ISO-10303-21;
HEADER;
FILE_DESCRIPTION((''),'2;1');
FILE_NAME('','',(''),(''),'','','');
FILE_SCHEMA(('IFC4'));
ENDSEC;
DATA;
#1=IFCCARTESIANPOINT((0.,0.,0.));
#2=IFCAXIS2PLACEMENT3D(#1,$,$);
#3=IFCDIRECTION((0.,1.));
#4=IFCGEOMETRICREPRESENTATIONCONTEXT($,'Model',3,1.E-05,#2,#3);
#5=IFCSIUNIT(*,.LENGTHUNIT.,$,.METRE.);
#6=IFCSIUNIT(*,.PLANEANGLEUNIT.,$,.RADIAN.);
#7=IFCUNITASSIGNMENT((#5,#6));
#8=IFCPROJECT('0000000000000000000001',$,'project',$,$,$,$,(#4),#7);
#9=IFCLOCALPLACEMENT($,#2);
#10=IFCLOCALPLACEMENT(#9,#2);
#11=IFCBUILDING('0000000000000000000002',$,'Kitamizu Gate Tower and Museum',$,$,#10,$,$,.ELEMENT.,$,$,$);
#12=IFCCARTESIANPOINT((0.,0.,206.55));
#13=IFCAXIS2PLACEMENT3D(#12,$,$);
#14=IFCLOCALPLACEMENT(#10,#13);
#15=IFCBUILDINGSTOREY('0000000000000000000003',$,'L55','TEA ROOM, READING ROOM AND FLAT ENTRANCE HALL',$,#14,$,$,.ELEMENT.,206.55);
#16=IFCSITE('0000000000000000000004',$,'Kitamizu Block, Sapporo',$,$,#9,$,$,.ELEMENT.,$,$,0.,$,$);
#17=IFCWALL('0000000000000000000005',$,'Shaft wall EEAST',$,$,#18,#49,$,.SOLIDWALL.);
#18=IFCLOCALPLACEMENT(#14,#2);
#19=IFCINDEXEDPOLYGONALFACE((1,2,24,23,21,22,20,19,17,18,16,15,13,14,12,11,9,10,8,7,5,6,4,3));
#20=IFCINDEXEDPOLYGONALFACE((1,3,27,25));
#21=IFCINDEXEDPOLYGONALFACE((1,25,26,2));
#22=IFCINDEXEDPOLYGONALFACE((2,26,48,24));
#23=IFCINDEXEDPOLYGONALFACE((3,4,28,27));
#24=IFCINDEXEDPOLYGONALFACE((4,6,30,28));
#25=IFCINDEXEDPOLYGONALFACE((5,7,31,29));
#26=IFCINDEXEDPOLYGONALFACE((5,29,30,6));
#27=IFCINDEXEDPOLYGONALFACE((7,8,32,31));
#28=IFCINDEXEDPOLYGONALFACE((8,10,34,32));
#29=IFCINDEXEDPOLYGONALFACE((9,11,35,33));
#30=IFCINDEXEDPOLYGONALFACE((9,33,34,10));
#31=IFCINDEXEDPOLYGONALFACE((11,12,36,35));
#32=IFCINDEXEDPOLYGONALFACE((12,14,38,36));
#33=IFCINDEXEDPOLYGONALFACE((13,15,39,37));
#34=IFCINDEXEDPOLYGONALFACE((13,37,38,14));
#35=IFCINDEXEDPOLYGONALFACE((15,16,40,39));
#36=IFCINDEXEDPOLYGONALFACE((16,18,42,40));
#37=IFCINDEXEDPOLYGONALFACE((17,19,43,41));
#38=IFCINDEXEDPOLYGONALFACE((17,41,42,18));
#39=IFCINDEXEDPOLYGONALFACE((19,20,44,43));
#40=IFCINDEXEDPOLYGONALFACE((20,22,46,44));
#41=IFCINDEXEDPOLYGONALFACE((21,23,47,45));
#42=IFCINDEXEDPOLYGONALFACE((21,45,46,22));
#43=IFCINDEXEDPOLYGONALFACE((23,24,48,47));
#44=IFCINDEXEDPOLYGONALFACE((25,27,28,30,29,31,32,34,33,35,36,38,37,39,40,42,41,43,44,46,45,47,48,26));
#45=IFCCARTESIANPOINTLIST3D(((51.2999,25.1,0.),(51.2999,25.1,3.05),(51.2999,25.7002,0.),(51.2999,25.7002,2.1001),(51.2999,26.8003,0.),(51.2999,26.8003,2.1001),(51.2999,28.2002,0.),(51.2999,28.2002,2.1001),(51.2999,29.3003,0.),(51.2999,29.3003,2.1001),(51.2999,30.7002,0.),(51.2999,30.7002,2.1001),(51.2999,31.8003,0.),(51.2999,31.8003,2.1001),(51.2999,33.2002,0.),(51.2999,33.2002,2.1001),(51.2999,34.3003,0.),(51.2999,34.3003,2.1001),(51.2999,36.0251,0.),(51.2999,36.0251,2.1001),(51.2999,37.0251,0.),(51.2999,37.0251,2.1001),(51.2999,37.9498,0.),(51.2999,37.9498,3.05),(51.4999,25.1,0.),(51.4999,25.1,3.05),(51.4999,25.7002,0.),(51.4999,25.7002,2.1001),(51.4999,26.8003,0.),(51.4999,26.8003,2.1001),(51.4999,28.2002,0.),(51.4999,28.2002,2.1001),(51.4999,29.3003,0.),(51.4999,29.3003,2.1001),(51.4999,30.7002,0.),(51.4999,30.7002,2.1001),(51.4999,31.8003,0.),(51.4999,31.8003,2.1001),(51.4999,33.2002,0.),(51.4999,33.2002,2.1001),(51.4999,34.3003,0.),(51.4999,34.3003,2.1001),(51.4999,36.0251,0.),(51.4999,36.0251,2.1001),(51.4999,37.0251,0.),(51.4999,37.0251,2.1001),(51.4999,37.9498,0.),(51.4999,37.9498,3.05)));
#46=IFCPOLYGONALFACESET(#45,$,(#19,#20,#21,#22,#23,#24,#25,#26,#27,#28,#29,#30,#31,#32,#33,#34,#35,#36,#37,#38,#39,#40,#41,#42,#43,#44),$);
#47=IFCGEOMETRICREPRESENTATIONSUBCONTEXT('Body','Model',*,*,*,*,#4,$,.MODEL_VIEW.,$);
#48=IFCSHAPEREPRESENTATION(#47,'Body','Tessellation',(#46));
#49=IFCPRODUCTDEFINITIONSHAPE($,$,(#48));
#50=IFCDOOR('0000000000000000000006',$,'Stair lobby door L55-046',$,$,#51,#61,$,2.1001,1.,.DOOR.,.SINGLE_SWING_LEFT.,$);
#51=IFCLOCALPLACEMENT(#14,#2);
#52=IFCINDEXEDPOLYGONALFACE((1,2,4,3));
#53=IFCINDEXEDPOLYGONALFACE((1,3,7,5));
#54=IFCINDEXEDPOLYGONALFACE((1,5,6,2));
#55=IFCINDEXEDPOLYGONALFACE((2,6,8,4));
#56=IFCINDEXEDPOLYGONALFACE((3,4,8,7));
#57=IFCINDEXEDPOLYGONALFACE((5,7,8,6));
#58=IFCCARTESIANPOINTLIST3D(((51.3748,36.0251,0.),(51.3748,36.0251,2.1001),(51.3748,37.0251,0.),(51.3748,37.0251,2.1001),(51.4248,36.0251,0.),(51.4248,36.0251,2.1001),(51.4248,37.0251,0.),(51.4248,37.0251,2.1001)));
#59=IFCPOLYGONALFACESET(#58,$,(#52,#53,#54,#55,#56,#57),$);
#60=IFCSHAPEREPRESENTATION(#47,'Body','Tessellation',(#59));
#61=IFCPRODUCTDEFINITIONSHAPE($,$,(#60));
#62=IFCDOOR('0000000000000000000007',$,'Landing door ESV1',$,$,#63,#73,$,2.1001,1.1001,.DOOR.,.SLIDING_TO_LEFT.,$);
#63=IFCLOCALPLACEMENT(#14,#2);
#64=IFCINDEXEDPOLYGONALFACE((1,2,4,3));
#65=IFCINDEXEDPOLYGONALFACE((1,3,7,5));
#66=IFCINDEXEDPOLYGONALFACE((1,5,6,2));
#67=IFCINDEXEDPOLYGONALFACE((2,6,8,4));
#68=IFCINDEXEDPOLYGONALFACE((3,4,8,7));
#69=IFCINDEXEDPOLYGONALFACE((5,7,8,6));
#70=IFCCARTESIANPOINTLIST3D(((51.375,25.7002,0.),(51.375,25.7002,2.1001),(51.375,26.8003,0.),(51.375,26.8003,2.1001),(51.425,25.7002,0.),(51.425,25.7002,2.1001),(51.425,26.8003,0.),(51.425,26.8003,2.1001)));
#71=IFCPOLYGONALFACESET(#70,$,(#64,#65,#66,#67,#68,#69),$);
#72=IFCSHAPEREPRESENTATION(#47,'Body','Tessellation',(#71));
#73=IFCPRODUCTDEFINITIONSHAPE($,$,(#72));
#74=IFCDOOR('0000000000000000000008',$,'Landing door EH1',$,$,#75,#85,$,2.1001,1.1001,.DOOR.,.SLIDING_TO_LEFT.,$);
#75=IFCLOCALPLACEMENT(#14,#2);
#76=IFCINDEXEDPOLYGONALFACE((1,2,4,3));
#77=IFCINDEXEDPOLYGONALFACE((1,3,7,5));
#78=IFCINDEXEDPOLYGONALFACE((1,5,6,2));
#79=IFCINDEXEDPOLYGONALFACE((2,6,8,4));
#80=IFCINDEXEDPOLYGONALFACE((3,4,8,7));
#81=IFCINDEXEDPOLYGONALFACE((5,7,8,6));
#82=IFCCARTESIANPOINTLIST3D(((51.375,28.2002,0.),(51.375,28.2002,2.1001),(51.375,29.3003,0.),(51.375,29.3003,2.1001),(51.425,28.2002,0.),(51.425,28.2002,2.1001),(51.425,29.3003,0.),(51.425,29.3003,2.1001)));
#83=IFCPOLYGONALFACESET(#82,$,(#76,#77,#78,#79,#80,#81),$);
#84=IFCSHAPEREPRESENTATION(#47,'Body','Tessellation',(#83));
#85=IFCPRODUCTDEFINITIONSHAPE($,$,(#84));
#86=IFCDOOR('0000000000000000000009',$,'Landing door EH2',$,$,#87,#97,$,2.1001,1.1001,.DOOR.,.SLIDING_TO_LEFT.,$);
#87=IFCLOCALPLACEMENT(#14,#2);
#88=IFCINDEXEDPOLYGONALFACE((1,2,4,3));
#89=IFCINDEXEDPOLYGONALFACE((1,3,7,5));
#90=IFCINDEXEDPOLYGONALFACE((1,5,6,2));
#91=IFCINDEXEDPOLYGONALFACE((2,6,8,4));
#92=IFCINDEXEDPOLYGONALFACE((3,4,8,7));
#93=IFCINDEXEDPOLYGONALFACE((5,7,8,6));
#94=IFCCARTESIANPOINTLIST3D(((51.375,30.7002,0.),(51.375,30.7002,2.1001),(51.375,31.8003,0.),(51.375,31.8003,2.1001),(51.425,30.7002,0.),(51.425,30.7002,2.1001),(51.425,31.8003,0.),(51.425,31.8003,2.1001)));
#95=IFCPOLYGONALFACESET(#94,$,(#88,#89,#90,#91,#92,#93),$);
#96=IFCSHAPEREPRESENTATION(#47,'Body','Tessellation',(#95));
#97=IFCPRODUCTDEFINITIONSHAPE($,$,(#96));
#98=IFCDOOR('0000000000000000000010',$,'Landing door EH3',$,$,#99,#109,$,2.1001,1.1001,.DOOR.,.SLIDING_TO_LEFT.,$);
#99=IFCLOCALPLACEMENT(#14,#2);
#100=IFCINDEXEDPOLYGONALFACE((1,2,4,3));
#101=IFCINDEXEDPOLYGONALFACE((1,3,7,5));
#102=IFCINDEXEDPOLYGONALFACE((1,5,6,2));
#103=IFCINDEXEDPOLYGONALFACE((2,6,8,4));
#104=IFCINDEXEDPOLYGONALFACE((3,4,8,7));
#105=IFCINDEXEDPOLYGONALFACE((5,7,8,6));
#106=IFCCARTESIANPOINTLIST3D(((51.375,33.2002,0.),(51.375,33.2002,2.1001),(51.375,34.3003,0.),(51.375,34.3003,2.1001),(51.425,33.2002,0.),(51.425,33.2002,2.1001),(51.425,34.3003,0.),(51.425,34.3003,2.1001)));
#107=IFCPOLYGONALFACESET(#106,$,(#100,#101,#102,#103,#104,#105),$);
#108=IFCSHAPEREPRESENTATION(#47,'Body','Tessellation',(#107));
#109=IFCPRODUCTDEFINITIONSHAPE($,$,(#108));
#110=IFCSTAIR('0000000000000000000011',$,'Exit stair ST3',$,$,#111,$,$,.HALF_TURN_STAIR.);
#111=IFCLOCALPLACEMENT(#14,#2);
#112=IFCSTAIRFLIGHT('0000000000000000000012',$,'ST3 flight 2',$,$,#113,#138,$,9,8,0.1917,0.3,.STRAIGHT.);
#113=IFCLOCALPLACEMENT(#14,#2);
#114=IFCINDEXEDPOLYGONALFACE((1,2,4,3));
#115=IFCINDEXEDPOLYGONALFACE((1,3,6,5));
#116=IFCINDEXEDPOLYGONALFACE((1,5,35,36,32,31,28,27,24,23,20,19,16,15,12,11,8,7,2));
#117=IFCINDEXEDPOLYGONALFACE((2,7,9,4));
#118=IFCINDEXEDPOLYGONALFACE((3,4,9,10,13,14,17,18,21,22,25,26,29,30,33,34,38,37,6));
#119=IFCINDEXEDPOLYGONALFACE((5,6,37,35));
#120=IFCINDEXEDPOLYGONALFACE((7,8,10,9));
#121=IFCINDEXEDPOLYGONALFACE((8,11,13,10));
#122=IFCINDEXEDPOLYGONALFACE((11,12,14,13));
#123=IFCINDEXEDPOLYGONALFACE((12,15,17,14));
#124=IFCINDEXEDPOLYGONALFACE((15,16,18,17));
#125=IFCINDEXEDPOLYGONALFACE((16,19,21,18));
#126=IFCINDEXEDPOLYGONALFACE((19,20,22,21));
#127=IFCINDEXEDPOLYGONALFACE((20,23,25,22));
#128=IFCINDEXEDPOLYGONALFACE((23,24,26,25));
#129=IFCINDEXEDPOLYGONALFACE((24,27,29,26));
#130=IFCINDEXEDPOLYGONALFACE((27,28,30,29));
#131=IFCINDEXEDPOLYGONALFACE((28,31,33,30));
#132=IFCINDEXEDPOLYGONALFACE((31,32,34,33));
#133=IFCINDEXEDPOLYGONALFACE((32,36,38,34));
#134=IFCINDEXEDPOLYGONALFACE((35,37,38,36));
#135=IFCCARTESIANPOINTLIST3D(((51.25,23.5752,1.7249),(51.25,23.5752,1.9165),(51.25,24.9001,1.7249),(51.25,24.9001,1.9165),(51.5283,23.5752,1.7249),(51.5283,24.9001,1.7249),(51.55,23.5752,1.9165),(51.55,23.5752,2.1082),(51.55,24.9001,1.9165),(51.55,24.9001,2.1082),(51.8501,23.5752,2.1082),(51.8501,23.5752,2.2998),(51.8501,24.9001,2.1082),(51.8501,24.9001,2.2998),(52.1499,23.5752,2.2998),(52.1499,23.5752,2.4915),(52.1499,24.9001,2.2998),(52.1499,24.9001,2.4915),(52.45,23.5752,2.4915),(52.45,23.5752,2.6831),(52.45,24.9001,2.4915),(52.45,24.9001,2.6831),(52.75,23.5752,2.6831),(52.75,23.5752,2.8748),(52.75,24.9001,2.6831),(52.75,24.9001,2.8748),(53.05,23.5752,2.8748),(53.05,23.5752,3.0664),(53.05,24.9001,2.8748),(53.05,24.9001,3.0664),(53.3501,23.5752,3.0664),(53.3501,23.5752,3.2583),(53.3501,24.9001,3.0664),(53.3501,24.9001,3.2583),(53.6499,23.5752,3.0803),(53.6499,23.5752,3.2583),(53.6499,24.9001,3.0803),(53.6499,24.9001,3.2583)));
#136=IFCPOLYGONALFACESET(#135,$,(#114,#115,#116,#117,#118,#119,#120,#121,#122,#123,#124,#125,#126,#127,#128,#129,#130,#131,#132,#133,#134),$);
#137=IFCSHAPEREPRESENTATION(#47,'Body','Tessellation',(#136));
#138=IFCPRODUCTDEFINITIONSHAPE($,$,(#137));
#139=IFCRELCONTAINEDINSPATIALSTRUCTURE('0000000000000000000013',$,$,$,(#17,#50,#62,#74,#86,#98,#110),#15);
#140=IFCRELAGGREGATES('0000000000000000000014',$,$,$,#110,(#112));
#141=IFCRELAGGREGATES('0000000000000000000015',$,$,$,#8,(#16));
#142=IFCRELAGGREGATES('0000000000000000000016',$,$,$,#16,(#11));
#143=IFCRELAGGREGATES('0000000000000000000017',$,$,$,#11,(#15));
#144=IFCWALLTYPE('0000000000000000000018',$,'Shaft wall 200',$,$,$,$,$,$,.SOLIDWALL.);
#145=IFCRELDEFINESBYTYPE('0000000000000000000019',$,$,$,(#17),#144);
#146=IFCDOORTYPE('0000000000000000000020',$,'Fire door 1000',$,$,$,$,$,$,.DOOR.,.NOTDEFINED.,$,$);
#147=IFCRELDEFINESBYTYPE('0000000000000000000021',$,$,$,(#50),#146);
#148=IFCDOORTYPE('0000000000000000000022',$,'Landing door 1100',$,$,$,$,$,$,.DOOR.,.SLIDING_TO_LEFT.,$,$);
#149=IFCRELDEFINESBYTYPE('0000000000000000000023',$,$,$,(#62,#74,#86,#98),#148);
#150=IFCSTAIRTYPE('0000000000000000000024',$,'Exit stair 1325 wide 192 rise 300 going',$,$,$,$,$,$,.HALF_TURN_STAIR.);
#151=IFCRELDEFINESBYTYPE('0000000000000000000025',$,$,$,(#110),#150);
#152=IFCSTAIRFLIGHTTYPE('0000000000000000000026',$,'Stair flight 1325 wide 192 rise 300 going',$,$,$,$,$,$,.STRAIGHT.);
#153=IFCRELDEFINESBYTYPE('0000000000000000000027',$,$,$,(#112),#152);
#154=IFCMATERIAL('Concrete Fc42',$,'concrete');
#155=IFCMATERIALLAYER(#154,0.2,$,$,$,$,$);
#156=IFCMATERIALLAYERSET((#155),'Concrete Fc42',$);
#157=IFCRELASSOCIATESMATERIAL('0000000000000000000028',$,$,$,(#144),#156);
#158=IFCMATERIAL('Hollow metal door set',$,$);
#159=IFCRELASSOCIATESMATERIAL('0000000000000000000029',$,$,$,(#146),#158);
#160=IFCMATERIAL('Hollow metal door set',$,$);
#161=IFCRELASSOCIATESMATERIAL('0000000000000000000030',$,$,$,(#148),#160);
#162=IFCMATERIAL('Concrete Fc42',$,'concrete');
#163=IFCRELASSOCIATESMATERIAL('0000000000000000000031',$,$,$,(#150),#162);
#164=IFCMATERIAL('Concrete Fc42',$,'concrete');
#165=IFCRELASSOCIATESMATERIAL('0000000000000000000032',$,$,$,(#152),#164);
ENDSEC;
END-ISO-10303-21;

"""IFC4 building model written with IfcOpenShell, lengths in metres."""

from ifc_helpers import new_model, si_unit, direction, frame, frame_2d, origin, place, context, subcontext, project, spatial, polyline, rectangle, outline, extrude, material, layer, layer_set, type_object, element, fill, aggregate, save


model = new_model("IFC4")

# Units and contexts
model_context = context("Model", 3, precision=1e-05, world=origin(), true_north=direction((0.0, 1.0)))
body_context = subcontext(model_context, "Body", "Model", "MODEL_VIEW")
ifc_project = project(units=[si_unit("LENGTHUNIT", "METRE"), si_unit("PLANEANGLEUNIT", "RADIAN")], contexts=[model_context])

# Site, building, storey
site_placement = place(None, origin())
site = spatial("IfcSite", under=ifc_project, at=site_placement, Name="Kitamizu Block, Sapporo", CompositionType="ELEMENT", RefElevation=0.0)
building_placement = place(site_placement, origin())
building = spatial("IfcBuilding", under=site, at=building_placement, Name="Kitamizu Gate Tower and Museum", CompositionType="ELEMENT")
storey_placement = place(building_placement, frame((0.0, 0.0, 206.55)))
storey = spatial("IfcBuildingStorey", under=building, at=storey_placement, Name="L55", Description="TEA ROOM, READING ROOM AND FLAT ENTRANCE HALL", CompositionType="ELEMENT", Elevation=206.55)

# Wall, openings, doors
ifc_material_1 = material(Name="Concrete Fc42", Category="concrete")
ifc_layer_1 = layer(ifc_material_1, 0.2)
ifc_layer_set_1 = layer_set([ifc_layer_1], Name="Concrete Fc42")
wall_type_1 = type_object("IfcWallType", Name="Shaft wall 200", PredefinedType="SOLIDWALL", material=ifc_layer_set_1)
wall_1_placement = place(storey_placement, frame((51.3999, 25.1001, 0.0), z_axis=(0.0, 0.0, 1.0), x_axis=(0.0, 1.0, 0.0)))
wall_1 = element("IfcWall", 1, at=wall_1_placement, inside=storey, type_object=wall_type_1, Name="Shaft wall EEAST", PredefinedType="SOLIDWALL", context=body_context, shape_type="SweptSolid", body=[
    extrude(rectangle(XDim=12.8499, YDim=0.2, at=frame_2d((6.4248, 0.0))), origin(), (0.0, 0.0, 1.0), 3.05),
])
opening_1_placement = place(wall_1_placement, frame((0.6001, 0.0, 0.0)))
opening_1 = element("IfcOpeningElement", 2, at=opening_1_placement, cuts=wall_1, PredefinedType="OPENING", context=body_context, shape_type="SweptSolid", body=[
    extrude(rectangle(XDim=1.1001, YDim=2.1001, at=frame_2d((0.55, 1.05))), frame((0.0, 0.1099, 0.0), z_axis=(0.0, -1.0, 0.0), x_axis=(1.0, 0.0, 0.0)), (0.0, 0.0, 1.0), 0.22),
])
opening_2_placement = place(wall_1_placement, frame((3.1001, 0.0, 0.0)))
opening_2 = element("IfcOpeningElement", 3, at=opening_2_placement, cuts=wall_1, PredefinedType="OPENING", context=body_context, shape_type="SweptSolid", body=[
    extrude(rectangle(XDim=1.1001, YDim=2.1001, at=frame_2d((0.55, 1.05))), frame((0.0, 0.1099, 0.0), z_axis=(0.0, -1.0, 0.0), x_axis=(1.0, 0.0, 0.0)), (0.0, 0.0, 1.0), 0.22),
])
opening_3_placement = place(wall_1_placement, frame((5.6001, 0.0, 0.0)))
opening_3 = element("IfcOpeningElement", 4, at=opening_3_placement, cuts=wall_1, PredefinedType="OPENING", context=body_context, shape_type="SweptSolid", body=[
    extrude(rectangle(XDim=1.1001, YDim=2.1001, at=frame_2d((0.55, 1.05))), frame((0.0, 0.1099, 0.0), z_axis=(0.0, -1.0, 0.0), x_axis=(1.0, 0.0, 0.0)), (0.0, 0.0, 1.0), 0.22),
])
opening_4_placement = place(wall_1_placement, frame((8.1001, 0.0, 0.0)))
opening_4 = element("IfcOpeningElement", 5, at=opening_4_placement, cuts=wall_1, PredefinedType="OPENING", context=body_context, shape_type="SweptSolid", body=[
    extrude(rectangle(XDim=1.1001, YDim=2.1001, at=frame_2d((0.55, 1.05))), frame((0.0, 0.1099, 0.0), z_axis=(0.0, -1.0, 0.0), x_axis=(1.0, 0.0, 0.0)), (0.0, 0.0, 1.0), 0.22),
])
opening_5_placement = place(wall_1_placement, frame((10.925, 0.0, 0.0)))
opening_5 = element("IfcOpeningElement", 6, at=opening_5_placement, cuts=wall_1, PredefinedType="OPENING", context=body_context, shape_type="SweptSolid", body=[
    extrude(rectangle(XDim=1.0, YDim=2.1001, at=frame_2d((0.5, 1.05))), frame((0.0, 0.1099, 0.0), z_axis=(0.0, -1.0, 0.0), x_axis=(1.0, 0.0, 0.0)), (0.0, 0.0, 1.0), 0.22),
])
ifc_material_2 = material(Name="Hollow metal door set")
door_type_1 = type_object("IfcDoorType", Name="Fire door 1000", OperationType="NOTDEFINED", PredefinedType="DOOR", material=ifc_material_2)
door_1_placement = place(opening_5_placement, frame((1.0, 0.0, 0.0), x_axis=(-1.0, 0.0, 0.0)))
door_1 = element("IfcDoor", 7, at=door_1_placement, inside=storey, type_object=door_type_1, Name="Stair lobby door L55-046", OperationType="SINGLE_SWING_LEFT", OverallHeight=2.1001, OverallWidth=1.0, PredefinedType="DOOR", context=body_context, shape_type="SweptSolid", body=[
    extrude(rectangle(XDim=1.0, YDim=2.1001, at=frame_2d((0.5, 1.05))), frame((0.0, 0.0249, 0.0), z_axis=(0.0, -1.0, 0.0), x_axis=(1.0, 0.0, 0.0)), (0.0, 0.0, 1.0), 0.05),
])
fill(opening_5, door_1)
ifc_material_3 = material(Name="Hollow metal door set")
door_type_2 = type_object("IfcDoorType", Name="Landing door 1100", OperationType="SLIDING_TO_LEFT", PredefinedType="DOOR", material=ifc_material_3)
door_2_placement = place(opening_1_placement, origin())
door_2 = element("IfcDoor", 8, at=door_2_placement, inside=storey, type_object=door_type_2, Name="Landing door ESV1", OperationType="SLIDING_TO_LEFT", OverallHeight=2.1001, OverallWidth=1.1001, PredefinedType="DOOR", context=body_context, shape_type="SweptSolid", body=[
    extrude(rectangle(XDim=1.1001, YDim=2.1001, at=frame_2d((0.55, 1.05))), frame((0.0, 0.0249, 0.0), z_axis=(0.0, -1.0, 0.0), x_axis=(1.0, 0.0, 0.0)), (0.0, 0.0, 1.0), 0.05),
])
fill(opening_1, door_2)
door_3_placement = place(opening_2_placement, origin())
door_3 = element("IfcDoor", 9, at=door_3_placement, inside=storey, type_object=door_type_2, Name="Landing door EH1", OperationType="SLIDING_TO_LEFT", OverallHeight=2.1001, OverallWidth=1.1001, PredefinedType="DOOR", context=body_context, shape_type="SweptSolid", body=[
    extrude(rectangle(XDim=1.1001, YDim=2.1001, at=frame_2d((0.55, 1.05))), frame((0.0, 0.0249, 0.0), z_axis=(0.0, -1.0, 0.0), x_axis=(1.0, 0.0, 0.0)), (0.0, 0.0, 1.0), 0.05),
])
fill(opening_2, door_3)
door_4_placement = place(opening_3_placement, origin())
door_4 = element("IfcDoor", 10, at=door_4_placement, inside=storey, type_object=door_type_2, Name="Landing door EH2", OperationType="SLIDING_TO_LEFT", OverallHeight=2.1001, OverallWidth=1.1001, PredefinedType="DOOR", context=body_context, shape_type="SweptSolid", body=[
    extrude(rectangle(XDim=1.1001, YDim=2.1001, at=frame_2d((0.55, 1.05))), frame((0.0, 0.0249, 0.0), z_axis=(0.0, -1.0, 0.0), x_axis=(1.0, 0.0, 0.0)), (0.0, 0.0, 1.0), 0.05),
])
fill(opening_3, door_4)
door_5_placement = place(opening_4_placement, origin())
door_5 = element("IfcDoor", 11, at=door_5_placement, inside=storey, type_object=door_type_2, Name="Landing door EH3", OperationType="SLIDING_TO_LEFT", OverallHeight=2.1001, OverallWidth=1.1001, PredefinedType="DOOR", context=body_context, shape_type="SweptSolid", body=[
    extrude(rectangle(XDim=1.1001, YDim=2.1001, at=frame_2d((0.55, 1.05))), frame((0.0, 0.0249, 0.0), z_axis=(0.0, -1.0, 0.0), x_axis=(1.0, 0.0, 0.0)), (0.0, 0.0, 1.0), 0.05),
])
fill(opening_4, door_5)

# Stair, stair flight
ifc_material_4 = material(Name="Concrete Fc42", Category="concrete")
stair_type = type_object("IfcStairType", Name="Exit stair 1325 wide 192 rise 300 going", PredefinedType="HALF_TURN_STAIR", material=ifc_material_4)
stair_placement = place(storey_placement, origin())
stair = element("IfcStair", 12, at=stair_placement, inside=storey, type_object=stair_type, Name="Exit stair ST3", PredefinedType="HALF_TURN_STAIR")
ifc_material_5 = material(Name="Concrete Fc42", Category="concrete")
stair_flight_type = type_object("IfcStairFlightType", Name="Stair flight 1325 wide 192 rise 300 going", PredefinedType="STRAIGHT", material=ifc_material_5)
stair_flight_placement = place(storey_placement, frame((51.25, 24.2375, 1.7249), z_axis=(0.0, 0.0, 1.0), x_axis=(1.0, 0.0, 0.0)))
stair_flight = element("IfcStairFlight", 13, at=stair_flight_placement, type_object=stair_flight_type, Name="ST3 flight 2", NumberOfRisers=9, NumberOfTreads=8, PredefinedType="STRAIGHT", RiserHeight=0.1917, TreadLength=0.3, context=body_context, shape_type="SweptSolid", body=[
    extrude(outline(polyline([(0.0, 0.0), (0.0, 0.1917), (0.3, 0.1917), (0.3, 0.3833), (0.6001, 0.3833), (0.6001, 0.575), (0.8999, 0.575), (0.8999, 0.7666), (1.2, 0.7666), (1.2, 0.9583), (1.5, 0.9583), (1.5, 1.1499), (1.8, 1.1499), (1.8, 1.3416), (2.1001, 1.3416), (2.1001, 1.5334), (2.3999, 1.5334), (2.3999, 1.7251), (2.3999, 1.3555), (0.2783, 0.0), (0.0, 0.0)])), frame((0.0, 0.6626, 0.0), z_axis=(0.0, -1.0, 0.0), x_axis=(1.0, 0.0, 0.0)), (0.0, 0.0, 1.0), 1.325),
])
aggregate(stair, [stair_flight])

save(model, "model.ifc")
